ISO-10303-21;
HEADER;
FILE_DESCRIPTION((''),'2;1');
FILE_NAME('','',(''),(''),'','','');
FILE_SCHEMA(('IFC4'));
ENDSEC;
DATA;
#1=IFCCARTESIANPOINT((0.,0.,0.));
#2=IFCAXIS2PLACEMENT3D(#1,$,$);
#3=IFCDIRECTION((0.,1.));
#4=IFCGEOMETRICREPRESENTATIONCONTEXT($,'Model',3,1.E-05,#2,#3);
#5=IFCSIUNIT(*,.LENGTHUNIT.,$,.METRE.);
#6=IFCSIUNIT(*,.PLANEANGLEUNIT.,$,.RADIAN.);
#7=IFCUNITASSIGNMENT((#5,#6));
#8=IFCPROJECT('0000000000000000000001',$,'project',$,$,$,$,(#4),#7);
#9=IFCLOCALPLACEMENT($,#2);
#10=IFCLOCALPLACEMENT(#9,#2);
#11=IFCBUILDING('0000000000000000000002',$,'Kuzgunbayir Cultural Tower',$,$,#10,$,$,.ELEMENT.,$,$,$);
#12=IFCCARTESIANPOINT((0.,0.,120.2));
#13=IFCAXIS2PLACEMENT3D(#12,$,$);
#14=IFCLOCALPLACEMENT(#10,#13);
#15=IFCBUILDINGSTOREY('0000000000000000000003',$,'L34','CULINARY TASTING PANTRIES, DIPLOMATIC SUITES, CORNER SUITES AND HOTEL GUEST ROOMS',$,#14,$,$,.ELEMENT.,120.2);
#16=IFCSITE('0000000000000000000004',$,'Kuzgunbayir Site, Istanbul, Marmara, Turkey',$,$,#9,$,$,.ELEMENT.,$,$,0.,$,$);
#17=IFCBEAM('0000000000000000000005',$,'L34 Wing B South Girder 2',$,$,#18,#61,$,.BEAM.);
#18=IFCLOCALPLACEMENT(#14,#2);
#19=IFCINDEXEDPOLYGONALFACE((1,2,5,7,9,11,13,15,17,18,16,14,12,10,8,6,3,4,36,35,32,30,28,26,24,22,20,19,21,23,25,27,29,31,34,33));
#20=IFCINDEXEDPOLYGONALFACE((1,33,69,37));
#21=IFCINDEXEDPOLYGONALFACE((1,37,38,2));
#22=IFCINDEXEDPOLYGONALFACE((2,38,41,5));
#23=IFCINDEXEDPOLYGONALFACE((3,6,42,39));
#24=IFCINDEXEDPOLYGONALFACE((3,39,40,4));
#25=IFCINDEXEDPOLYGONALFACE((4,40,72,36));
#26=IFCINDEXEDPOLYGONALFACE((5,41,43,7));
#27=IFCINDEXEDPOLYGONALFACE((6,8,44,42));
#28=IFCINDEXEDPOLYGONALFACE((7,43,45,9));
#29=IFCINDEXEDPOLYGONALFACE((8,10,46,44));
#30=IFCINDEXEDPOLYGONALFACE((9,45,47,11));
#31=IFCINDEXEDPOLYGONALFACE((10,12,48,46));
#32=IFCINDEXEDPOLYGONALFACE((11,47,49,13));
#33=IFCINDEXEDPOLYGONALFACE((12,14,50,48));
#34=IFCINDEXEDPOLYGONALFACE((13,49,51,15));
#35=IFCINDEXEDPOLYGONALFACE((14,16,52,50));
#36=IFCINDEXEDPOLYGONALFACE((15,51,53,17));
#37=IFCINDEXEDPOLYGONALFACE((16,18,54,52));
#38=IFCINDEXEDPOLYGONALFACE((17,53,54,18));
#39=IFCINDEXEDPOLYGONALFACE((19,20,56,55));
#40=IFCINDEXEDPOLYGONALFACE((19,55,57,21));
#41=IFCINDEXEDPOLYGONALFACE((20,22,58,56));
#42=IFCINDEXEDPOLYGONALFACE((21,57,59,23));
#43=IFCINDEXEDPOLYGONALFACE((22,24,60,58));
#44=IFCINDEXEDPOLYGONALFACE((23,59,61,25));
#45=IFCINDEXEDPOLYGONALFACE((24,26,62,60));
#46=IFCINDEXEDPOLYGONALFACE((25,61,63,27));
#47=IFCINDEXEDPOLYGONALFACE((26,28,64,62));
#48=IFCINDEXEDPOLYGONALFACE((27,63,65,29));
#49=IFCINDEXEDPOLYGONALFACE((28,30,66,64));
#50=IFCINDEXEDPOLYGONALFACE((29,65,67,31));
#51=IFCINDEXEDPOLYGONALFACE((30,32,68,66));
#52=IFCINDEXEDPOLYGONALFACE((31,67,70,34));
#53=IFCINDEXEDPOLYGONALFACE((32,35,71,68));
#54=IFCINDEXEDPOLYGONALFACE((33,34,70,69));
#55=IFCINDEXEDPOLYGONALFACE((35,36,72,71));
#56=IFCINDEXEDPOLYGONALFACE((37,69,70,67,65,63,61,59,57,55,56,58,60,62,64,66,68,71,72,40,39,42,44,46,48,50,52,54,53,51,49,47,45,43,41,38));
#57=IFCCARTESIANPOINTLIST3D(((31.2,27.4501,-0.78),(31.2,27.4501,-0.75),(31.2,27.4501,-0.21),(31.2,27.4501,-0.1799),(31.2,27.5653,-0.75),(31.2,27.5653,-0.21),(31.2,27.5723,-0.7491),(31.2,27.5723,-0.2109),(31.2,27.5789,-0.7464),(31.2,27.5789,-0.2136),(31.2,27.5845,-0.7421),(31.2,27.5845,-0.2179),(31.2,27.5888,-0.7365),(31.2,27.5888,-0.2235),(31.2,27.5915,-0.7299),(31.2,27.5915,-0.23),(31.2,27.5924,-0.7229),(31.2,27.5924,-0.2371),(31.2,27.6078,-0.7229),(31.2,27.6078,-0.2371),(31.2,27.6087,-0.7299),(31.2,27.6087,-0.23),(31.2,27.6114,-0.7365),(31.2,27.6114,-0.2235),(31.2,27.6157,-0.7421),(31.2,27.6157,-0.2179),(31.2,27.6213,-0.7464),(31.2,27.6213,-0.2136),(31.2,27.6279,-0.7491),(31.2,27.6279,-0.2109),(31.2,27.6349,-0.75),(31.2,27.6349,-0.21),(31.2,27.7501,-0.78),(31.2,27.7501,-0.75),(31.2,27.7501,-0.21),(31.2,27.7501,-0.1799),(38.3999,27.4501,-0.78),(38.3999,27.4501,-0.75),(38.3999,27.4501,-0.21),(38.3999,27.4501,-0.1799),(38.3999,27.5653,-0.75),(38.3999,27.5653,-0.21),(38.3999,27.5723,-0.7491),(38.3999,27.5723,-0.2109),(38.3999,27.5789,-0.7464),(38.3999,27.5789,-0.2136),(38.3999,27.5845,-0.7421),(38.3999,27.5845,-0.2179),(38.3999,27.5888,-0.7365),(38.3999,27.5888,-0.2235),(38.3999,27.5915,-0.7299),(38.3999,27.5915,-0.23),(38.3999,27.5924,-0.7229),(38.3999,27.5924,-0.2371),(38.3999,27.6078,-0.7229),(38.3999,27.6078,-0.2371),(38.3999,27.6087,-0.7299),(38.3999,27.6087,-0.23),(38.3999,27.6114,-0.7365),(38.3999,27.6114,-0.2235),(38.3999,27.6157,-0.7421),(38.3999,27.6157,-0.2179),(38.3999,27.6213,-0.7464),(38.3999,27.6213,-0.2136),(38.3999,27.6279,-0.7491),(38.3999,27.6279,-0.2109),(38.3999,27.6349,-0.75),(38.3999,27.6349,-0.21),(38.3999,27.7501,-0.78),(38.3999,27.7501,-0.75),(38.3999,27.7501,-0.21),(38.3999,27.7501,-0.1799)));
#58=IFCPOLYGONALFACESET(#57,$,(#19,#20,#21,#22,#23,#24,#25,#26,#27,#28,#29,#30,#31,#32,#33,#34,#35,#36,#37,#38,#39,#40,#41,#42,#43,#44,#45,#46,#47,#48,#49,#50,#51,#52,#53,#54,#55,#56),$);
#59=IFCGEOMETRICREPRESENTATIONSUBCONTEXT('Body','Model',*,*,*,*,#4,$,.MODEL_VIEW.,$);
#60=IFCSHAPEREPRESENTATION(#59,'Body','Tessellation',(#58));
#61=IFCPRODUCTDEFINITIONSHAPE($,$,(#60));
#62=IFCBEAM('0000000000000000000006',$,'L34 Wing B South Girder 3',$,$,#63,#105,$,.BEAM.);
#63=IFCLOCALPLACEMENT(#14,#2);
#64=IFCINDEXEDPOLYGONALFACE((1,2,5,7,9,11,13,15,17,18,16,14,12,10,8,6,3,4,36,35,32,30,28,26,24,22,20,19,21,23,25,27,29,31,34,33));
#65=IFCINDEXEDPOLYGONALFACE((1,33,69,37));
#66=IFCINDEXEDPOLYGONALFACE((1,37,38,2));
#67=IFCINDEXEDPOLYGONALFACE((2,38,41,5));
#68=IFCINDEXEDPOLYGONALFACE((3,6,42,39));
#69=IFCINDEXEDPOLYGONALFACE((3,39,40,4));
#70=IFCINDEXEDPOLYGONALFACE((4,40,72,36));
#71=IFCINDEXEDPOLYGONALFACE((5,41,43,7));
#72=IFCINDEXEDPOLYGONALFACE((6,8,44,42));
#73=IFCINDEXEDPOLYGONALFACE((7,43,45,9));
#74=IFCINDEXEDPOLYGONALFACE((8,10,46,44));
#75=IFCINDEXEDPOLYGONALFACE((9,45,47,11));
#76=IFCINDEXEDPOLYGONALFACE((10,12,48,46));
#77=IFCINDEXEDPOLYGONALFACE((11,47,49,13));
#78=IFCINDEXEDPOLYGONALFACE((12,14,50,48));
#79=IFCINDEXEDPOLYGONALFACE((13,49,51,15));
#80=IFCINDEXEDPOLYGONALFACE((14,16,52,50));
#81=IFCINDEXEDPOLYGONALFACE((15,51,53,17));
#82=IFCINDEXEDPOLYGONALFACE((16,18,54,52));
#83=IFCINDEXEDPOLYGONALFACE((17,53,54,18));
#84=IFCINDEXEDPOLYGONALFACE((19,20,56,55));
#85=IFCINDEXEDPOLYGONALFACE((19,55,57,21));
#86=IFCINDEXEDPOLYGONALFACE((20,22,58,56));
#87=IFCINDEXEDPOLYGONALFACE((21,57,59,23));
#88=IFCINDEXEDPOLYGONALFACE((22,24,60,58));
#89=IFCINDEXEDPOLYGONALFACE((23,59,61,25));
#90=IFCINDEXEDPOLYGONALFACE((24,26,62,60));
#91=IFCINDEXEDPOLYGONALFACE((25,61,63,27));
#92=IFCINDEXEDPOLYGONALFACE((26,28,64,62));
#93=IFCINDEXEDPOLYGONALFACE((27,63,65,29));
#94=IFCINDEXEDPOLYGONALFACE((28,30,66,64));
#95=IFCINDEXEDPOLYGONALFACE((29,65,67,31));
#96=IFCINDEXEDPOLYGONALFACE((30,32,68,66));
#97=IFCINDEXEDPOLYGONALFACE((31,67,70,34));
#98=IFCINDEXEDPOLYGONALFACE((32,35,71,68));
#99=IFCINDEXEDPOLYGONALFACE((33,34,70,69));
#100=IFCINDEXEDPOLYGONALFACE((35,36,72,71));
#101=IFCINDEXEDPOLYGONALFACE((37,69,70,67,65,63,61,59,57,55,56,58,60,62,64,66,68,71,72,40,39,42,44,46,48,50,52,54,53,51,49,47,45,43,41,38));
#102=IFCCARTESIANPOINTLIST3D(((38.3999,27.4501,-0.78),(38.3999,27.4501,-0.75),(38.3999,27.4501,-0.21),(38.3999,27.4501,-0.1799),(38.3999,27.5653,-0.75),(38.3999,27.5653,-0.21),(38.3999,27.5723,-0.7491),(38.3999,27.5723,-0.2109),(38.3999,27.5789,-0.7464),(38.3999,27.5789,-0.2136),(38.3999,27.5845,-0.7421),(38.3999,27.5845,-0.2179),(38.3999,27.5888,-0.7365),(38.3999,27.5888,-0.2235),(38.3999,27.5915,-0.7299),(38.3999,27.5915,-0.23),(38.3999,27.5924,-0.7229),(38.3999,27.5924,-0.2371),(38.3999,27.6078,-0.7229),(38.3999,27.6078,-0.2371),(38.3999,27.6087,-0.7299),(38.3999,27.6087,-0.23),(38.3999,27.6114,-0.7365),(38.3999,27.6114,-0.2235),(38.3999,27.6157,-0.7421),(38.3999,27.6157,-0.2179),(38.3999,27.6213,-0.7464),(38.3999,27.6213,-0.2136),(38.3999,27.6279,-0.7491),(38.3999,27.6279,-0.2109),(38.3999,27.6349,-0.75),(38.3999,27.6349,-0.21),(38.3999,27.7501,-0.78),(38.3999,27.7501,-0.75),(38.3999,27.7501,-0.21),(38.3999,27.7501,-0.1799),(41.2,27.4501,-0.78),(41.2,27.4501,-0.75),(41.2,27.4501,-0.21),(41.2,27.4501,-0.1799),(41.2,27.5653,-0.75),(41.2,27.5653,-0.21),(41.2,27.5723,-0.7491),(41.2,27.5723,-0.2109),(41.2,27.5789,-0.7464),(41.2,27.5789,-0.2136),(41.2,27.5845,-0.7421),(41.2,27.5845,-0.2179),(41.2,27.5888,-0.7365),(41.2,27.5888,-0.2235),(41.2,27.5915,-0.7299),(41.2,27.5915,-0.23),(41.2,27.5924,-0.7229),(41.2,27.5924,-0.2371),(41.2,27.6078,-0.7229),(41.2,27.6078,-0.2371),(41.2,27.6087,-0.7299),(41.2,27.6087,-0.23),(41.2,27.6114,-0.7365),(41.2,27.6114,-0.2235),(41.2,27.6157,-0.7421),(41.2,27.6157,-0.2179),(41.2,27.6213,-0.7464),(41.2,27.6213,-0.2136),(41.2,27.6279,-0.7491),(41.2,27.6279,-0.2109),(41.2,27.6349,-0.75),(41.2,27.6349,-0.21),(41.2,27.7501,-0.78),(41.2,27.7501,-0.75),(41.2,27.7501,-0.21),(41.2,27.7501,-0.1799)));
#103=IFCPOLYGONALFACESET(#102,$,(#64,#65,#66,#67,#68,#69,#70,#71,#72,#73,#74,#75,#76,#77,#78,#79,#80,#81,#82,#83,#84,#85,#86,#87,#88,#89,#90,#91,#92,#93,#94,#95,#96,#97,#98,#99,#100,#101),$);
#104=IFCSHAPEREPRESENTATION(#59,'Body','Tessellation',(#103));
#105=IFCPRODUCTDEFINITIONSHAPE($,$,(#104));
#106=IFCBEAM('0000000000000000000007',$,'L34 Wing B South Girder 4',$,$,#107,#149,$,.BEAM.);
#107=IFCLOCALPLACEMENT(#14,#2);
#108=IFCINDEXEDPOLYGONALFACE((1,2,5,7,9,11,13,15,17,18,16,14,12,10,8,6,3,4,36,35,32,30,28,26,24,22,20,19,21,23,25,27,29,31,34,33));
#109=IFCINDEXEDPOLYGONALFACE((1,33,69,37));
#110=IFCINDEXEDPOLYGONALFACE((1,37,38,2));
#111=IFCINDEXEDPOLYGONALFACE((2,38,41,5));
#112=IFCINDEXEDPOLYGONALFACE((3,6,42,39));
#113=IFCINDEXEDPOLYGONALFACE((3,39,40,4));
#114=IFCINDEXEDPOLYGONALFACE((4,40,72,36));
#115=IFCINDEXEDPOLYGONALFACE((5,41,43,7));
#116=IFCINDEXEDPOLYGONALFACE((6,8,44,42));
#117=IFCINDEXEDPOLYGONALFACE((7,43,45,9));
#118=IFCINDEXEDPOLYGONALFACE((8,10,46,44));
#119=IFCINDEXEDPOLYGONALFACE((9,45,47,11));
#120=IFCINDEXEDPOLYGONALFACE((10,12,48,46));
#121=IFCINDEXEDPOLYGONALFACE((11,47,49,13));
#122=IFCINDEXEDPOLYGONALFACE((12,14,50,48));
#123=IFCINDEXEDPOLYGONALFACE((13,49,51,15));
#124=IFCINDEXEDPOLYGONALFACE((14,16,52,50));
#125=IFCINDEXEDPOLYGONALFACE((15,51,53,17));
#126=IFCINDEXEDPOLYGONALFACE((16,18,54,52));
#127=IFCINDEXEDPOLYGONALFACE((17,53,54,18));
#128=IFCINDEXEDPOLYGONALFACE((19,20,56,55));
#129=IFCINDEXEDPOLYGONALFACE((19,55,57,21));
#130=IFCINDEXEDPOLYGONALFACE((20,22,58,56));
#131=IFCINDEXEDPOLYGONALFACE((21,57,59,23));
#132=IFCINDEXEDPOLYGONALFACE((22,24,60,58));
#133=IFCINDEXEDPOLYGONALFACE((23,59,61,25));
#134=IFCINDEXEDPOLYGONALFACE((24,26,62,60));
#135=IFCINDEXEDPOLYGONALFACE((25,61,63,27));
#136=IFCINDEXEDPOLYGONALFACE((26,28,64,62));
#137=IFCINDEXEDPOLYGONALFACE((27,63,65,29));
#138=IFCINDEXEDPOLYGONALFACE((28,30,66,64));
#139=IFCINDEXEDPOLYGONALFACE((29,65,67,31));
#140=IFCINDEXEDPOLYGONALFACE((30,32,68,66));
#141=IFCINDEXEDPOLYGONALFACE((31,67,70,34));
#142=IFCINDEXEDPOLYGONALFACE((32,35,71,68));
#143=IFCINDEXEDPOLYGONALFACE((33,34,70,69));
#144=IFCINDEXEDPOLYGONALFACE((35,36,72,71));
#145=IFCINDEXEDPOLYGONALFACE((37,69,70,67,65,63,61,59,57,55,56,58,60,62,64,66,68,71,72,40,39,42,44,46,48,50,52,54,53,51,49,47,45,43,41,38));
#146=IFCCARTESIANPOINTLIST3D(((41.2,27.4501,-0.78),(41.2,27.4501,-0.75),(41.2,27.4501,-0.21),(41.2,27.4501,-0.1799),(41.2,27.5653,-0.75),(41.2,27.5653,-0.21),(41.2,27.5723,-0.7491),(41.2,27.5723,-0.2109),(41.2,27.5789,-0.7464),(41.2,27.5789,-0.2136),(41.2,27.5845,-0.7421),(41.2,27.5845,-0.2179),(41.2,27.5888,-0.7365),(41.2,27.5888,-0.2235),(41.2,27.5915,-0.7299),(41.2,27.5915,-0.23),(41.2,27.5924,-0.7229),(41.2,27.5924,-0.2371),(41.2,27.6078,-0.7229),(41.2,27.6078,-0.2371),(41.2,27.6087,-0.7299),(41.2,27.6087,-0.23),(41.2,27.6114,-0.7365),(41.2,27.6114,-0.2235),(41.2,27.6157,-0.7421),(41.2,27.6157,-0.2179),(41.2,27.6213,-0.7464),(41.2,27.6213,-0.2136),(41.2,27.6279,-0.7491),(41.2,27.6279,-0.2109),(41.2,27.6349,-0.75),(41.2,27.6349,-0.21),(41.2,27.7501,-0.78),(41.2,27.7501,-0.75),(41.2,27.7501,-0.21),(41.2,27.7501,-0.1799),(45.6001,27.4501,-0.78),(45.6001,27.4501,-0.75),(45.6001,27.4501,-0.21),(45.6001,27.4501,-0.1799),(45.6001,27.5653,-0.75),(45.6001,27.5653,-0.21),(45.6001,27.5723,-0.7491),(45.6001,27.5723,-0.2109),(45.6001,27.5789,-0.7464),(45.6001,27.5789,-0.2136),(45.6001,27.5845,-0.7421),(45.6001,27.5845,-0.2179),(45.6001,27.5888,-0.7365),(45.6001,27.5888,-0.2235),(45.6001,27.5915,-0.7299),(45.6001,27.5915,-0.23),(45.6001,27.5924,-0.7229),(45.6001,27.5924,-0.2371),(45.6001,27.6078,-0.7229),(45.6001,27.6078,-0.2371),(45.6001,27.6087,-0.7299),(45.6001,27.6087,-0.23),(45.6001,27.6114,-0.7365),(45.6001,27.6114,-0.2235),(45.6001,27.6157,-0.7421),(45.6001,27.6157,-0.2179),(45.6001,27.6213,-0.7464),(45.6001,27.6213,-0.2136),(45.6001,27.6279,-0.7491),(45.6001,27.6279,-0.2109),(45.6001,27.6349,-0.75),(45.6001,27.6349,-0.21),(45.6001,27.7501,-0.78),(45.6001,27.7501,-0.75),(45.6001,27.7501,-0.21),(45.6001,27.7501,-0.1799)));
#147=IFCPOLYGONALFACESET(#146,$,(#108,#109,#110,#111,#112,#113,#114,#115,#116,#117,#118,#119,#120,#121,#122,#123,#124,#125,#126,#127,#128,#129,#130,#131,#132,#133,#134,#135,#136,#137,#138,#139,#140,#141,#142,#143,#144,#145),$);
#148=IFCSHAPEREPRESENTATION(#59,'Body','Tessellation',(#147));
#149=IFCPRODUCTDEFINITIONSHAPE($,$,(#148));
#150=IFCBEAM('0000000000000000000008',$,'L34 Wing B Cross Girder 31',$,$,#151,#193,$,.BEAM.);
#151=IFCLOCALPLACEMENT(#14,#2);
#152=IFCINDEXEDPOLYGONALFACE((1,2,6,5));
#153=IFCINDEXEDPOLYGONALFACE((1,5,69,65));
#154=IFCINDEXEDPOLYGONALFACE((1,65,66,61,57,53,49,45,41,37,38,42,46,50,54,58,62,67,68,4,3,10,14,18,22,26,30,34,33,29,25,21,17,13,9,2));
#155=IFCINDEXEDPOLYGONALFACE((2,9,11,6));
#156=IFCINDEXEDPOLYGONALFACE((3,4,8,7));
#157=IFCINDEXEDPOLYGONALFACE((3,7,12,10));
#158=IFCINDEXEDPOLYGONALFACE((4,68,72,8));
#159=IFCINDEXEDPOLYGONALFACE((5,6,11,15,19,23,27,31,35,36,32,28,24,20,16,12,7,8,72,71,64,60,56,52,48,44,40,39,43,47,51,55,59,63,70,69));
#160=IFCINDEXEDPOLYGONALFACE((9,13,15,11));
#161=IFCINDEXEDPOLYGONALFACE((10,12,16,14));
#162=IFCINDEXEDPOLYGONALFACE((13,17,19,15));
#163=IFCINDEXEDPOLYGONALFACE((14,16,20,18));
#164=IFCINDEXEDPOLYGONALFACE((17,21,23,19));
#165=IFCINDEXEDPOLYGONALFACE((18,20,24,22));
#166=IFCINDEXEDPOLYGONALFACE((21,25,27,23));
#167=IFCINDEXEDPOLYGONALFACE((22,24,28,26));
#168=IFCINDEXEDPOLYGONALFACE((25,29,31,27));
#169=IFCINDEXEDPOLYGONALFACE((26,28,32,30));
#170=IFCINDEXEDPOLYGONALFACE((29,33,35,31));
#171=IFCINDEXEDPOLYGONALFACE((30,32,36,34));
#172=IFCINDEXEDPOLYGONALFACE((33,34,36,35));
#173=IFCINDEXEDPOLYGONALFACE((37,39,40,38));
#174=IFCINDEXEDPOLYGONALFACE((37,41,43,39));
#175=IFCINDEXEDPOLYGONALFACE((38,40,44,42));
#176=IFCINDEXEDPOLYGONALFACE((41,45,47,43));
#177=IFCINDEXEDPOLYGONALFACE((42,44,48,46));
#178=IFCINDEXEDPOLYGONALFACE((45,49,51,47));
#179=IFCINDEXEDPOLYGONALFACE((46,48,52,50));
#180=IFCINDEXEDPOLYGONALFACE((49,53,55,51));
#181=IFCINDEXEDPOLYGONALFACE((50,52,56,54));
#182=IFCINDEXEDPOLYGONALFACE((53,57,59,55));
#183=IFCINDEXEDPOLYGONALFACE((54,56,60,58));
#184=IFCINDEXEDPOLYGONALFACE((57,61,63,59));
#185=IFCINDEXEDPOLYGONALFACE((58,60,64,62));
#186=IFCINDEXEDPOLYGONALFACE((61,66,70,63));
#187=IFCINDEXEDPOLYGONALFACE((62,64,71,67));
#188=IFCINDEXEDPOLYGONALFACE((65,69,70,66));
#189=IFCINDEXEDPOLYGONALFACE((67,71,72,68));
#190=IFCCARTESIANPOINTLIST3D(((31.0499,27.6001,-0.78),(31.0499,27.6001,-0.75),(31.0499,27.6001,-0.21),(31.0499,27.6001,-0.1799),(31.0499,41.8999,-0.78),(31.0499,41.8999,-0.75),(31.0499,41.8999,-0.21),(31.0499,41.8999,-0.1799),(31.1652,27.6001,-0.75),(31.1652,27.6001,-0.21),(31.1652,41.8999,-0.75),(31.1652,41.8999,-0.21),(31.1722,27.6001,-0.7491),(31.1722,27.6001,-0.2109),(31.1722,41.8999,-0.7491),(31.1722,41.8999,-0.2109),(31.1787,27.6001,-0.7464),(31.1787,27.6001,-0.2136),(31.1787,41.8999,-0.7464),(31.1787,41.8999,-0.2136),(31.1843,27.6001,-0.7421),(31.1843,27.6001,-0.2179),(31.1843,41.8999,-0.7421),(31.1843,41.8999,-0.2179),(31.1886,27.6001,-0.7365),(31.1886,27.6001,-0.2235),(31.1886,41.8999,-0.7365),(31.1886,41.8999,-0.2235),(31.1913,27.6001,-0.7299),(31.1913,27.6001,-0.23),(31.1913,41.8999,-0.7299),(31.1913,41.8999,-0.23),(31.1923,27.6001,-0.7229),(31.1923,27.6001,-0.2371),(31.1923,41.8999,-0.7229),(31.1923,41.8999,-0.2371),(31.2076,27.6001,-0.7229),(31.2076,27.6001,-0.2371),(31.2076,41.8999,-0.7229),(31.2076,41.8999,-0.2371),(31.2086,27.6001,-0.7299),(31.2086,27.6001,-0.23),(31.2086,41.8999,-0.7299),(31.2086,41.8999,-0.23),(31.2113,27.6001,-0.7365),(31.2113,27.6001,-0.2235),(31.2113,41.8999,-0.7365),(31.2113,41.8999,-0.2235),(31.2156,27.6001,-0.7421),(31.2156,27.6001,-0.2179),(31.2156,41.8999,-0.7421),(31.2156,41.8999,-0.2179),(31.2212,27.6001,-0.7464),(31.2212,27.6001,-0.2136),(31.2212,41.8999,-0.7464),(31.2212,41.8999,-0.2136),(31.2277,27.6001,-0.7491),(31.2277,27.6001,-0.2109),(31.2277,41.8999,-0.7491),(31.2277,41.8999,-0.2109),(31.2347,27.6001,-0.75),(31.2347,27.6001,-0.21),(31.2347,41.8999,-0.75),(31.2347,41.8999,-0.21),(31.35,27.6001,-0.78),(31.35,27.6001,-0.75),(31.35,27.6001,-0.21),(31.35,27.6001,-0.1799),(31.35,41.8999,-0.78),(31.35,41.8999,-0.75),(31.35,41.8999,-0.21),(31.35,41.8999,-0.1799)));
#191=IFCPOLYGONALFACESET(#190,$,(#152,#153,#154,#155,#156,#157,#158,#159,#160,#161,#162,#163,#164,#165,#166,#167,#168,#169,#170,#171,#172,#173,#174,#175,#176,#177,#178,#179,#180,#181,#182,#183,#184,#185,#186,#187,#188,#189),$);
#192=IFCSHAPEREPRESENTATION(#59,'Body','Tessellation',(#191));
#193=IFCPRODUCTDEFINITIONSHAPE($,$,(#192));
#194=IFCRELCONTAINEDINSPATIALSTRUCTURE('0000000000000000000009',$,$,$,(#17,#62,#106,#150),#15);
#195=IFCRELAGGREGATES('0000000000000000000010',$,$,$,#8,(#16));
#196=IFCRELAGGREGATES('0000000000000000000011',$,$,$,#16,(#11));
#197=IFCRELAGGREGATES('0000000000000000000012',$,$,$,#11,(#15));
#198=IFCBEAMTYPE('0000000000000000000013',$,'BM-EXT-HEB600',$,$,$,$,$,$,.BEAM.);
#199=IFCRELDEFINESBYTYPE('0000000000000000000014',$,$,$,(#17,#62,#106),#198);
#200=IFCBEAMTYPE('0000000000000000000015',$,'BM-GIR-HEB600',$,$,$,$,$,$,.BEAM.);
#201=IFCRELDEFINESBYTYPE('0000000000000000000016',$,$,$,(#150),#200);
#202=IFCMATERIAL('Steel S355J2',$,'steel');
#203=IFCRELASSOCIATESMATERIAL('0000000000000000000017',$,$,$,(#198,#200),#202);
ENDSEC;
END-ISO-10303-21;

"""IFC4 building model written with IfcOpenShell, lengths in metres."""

from ifc_helpers import new_model, si_unit, direction, frame, origin, origin_2d, place, context, subcontext, project, spatial, i_section, extrude, material, material_profile, profile_set, type_object, element, save


model = new_model("IFC4")

# Units and contexts
model_context = context("Model", 3, precision=1e-05, world=origin(), true_north=direction((0.0, 1.0)))
body_context = subcontext(model_context, "Body", "Model", "MODEL_VIEW")
ifc_project = project(units=[si_unit("LENGTHUNIT", "METRE"), si_unit("PLANEANGLEUNIT", "RADIAN")], contexts=[model_context])

# Site, building, storey
site_placement = place(None, origin())
site = spatial("IfcSite", under=ifc_project, at=site_placement, Name="Kuzgunbayir Site, Istanbul, Marmara, Turkey", CompositionType="ELEMENT", RefElevation=0.0)
building_placement = place(site_placement, origin())
building = spatial("IfcBuilding", under=site, at=building_placement, Name="Kuzgunbayir Cultural Tower", CompositionType="ELEMENT")
storey_placement = place(building_placement, frame((0.0, 0.0, 120.2)))
storey = spatial("IfcBuildingStorey", under=building, at=storey_placement, Name="L34", Description="CULINARY TASTING PANTRIES, DIPLOMATIC SUITES, CORNER SUITES AND HOTEL GUEST ROOMS", CompositionType="ELEMENT", Elevation=120.2)

# Beams
ifc_material_1 = material(Name="Steel S355J2", Category="steel")
ifc_material_profile_1 = material_profile(ifc_material_1, i_section(OverallWidth=0.3, OverallDepth=0.6001, WebThickness=0.0154, FlangeThickness=0.03, FilletRadius=0.0271, at=origin_2d()), Name="HEB 600")
ifc_profile_set_1 = profile_set([ifc_material_profile_1], Name="Steel S355J2")
beam_type_1 = type_object("IfcBeamType", Name="BM-EXT-HEB600", PredefinedType="BEAM", material=ifc_profile_set_1)
beam_1_placement = place(storey_placement, frame((31.2, 27.6001, -0.48), z_axis=(1.0, 0.0, 0.0), x_axis=(0.0, 1.0, 0.0)))
element("IfcBeam", 1, at=beam_1_placement, inside=storey, type_object=beam_type_1, Name="L34 Wing B South Girder 2", PredefinedType="BEAM", context=body_context, shape_type="SweptSolid", body=[
    extrude(i_section(OverallWidth=0.3, OverallDepth=0.6001, WebThickness=0.0154, FlangeThickness=0.03, FilletRadius=0.0271, at=origin_2d()), origin(), (0.0, 0.0, 1.0), 7.2),
])
beam_2_placement = place(storey_placement, frame((38.3999, 27.6001, -0.48), z_axis=(1.0, 0.0, 0.0), x_axis=(0.0, 1.0, 0.0)))
element("IfcBeam", 2, at=beam_2_placement, inside=storey, type_object=beam_type_1, Name="L34 Wing B South Girder 3", PredefinedType="BEAM", context=body_context, shape_type="SweptSolid", body=[
    extrude(i_section(OverallWidth=0.3, OverallDepth=0.6001, WebThickness=0.0154, FlangeThickness=0.03, FilletRadius=0.0271, at=origin_2d()), origin(), (0.0, 0.0, 1.0), 2.8),
])
beam_3_placement = place(storey_placement, frame((41.2, 27.6001, -0.48), z_axis=(1.0, 0.0, 0.0), x_axis=(0.0, 1.0, 0.0)))
element("IfcBeam", 3, at=beam_3_placement, inside=storey, type_object=beam_type_1, Name="L34 Wing B South Girder 4", PredefinedType="BEAM", context=body_context, shape_type="SweptSolid", body=[
    extrude(i_section(OverallWidth=0.3, OverallDepth=0.6001, WebThickness=0.0154, FlangeThickness=0.03, FilletRadius=0.0271, at=origin_2d()), origin(), (0.0, 0.0, 1.0), 4.4001),
])
ifc_material_profile_2 = material_profile(ifc_material_1, i_section(OverallWidth=0.3, OverallDepth=0.6001, WebThickness=0.0154, FlangeThickness=0.03, FilletRadius=0.0271, at=origin_2d()), Name="HEB 600")
ifc_profile_set_2 = profile_set([ifc_material_profile_2], Name="Steel S355J2")
beam_type_2 = type_object("IfcBeamType", Name="BM-GIR-HEB600", PredefinedType="BEAM", material=ifc_profile_set_2)
beam_4_placement = place(storey_placement, frame((31.2, 27.6001, -0.48), z_axis=(0.0, 1.0, 0.0), x_axis=(-1.0, 0.0, 0.0)))
element("IfcBeam", 4, at=beam_4_placement, inside=storey, type_object=beam_type_2, Name="L34 Wing B Cross Girder 31", PredefinedType="BEAM", context=body_context, shape_type="SweptSolid", body=[
    extrude(i_section(OverallWidth=0.3, OverallDepth=0.6001, WebThickness=0.0154, FlangeThickness=0.03, FilletRadius=0.0271, at=origin_2d()), origin(), (0.0, 0.0, 1.0), 14.2998),
])

save(model, "model.ifc")
